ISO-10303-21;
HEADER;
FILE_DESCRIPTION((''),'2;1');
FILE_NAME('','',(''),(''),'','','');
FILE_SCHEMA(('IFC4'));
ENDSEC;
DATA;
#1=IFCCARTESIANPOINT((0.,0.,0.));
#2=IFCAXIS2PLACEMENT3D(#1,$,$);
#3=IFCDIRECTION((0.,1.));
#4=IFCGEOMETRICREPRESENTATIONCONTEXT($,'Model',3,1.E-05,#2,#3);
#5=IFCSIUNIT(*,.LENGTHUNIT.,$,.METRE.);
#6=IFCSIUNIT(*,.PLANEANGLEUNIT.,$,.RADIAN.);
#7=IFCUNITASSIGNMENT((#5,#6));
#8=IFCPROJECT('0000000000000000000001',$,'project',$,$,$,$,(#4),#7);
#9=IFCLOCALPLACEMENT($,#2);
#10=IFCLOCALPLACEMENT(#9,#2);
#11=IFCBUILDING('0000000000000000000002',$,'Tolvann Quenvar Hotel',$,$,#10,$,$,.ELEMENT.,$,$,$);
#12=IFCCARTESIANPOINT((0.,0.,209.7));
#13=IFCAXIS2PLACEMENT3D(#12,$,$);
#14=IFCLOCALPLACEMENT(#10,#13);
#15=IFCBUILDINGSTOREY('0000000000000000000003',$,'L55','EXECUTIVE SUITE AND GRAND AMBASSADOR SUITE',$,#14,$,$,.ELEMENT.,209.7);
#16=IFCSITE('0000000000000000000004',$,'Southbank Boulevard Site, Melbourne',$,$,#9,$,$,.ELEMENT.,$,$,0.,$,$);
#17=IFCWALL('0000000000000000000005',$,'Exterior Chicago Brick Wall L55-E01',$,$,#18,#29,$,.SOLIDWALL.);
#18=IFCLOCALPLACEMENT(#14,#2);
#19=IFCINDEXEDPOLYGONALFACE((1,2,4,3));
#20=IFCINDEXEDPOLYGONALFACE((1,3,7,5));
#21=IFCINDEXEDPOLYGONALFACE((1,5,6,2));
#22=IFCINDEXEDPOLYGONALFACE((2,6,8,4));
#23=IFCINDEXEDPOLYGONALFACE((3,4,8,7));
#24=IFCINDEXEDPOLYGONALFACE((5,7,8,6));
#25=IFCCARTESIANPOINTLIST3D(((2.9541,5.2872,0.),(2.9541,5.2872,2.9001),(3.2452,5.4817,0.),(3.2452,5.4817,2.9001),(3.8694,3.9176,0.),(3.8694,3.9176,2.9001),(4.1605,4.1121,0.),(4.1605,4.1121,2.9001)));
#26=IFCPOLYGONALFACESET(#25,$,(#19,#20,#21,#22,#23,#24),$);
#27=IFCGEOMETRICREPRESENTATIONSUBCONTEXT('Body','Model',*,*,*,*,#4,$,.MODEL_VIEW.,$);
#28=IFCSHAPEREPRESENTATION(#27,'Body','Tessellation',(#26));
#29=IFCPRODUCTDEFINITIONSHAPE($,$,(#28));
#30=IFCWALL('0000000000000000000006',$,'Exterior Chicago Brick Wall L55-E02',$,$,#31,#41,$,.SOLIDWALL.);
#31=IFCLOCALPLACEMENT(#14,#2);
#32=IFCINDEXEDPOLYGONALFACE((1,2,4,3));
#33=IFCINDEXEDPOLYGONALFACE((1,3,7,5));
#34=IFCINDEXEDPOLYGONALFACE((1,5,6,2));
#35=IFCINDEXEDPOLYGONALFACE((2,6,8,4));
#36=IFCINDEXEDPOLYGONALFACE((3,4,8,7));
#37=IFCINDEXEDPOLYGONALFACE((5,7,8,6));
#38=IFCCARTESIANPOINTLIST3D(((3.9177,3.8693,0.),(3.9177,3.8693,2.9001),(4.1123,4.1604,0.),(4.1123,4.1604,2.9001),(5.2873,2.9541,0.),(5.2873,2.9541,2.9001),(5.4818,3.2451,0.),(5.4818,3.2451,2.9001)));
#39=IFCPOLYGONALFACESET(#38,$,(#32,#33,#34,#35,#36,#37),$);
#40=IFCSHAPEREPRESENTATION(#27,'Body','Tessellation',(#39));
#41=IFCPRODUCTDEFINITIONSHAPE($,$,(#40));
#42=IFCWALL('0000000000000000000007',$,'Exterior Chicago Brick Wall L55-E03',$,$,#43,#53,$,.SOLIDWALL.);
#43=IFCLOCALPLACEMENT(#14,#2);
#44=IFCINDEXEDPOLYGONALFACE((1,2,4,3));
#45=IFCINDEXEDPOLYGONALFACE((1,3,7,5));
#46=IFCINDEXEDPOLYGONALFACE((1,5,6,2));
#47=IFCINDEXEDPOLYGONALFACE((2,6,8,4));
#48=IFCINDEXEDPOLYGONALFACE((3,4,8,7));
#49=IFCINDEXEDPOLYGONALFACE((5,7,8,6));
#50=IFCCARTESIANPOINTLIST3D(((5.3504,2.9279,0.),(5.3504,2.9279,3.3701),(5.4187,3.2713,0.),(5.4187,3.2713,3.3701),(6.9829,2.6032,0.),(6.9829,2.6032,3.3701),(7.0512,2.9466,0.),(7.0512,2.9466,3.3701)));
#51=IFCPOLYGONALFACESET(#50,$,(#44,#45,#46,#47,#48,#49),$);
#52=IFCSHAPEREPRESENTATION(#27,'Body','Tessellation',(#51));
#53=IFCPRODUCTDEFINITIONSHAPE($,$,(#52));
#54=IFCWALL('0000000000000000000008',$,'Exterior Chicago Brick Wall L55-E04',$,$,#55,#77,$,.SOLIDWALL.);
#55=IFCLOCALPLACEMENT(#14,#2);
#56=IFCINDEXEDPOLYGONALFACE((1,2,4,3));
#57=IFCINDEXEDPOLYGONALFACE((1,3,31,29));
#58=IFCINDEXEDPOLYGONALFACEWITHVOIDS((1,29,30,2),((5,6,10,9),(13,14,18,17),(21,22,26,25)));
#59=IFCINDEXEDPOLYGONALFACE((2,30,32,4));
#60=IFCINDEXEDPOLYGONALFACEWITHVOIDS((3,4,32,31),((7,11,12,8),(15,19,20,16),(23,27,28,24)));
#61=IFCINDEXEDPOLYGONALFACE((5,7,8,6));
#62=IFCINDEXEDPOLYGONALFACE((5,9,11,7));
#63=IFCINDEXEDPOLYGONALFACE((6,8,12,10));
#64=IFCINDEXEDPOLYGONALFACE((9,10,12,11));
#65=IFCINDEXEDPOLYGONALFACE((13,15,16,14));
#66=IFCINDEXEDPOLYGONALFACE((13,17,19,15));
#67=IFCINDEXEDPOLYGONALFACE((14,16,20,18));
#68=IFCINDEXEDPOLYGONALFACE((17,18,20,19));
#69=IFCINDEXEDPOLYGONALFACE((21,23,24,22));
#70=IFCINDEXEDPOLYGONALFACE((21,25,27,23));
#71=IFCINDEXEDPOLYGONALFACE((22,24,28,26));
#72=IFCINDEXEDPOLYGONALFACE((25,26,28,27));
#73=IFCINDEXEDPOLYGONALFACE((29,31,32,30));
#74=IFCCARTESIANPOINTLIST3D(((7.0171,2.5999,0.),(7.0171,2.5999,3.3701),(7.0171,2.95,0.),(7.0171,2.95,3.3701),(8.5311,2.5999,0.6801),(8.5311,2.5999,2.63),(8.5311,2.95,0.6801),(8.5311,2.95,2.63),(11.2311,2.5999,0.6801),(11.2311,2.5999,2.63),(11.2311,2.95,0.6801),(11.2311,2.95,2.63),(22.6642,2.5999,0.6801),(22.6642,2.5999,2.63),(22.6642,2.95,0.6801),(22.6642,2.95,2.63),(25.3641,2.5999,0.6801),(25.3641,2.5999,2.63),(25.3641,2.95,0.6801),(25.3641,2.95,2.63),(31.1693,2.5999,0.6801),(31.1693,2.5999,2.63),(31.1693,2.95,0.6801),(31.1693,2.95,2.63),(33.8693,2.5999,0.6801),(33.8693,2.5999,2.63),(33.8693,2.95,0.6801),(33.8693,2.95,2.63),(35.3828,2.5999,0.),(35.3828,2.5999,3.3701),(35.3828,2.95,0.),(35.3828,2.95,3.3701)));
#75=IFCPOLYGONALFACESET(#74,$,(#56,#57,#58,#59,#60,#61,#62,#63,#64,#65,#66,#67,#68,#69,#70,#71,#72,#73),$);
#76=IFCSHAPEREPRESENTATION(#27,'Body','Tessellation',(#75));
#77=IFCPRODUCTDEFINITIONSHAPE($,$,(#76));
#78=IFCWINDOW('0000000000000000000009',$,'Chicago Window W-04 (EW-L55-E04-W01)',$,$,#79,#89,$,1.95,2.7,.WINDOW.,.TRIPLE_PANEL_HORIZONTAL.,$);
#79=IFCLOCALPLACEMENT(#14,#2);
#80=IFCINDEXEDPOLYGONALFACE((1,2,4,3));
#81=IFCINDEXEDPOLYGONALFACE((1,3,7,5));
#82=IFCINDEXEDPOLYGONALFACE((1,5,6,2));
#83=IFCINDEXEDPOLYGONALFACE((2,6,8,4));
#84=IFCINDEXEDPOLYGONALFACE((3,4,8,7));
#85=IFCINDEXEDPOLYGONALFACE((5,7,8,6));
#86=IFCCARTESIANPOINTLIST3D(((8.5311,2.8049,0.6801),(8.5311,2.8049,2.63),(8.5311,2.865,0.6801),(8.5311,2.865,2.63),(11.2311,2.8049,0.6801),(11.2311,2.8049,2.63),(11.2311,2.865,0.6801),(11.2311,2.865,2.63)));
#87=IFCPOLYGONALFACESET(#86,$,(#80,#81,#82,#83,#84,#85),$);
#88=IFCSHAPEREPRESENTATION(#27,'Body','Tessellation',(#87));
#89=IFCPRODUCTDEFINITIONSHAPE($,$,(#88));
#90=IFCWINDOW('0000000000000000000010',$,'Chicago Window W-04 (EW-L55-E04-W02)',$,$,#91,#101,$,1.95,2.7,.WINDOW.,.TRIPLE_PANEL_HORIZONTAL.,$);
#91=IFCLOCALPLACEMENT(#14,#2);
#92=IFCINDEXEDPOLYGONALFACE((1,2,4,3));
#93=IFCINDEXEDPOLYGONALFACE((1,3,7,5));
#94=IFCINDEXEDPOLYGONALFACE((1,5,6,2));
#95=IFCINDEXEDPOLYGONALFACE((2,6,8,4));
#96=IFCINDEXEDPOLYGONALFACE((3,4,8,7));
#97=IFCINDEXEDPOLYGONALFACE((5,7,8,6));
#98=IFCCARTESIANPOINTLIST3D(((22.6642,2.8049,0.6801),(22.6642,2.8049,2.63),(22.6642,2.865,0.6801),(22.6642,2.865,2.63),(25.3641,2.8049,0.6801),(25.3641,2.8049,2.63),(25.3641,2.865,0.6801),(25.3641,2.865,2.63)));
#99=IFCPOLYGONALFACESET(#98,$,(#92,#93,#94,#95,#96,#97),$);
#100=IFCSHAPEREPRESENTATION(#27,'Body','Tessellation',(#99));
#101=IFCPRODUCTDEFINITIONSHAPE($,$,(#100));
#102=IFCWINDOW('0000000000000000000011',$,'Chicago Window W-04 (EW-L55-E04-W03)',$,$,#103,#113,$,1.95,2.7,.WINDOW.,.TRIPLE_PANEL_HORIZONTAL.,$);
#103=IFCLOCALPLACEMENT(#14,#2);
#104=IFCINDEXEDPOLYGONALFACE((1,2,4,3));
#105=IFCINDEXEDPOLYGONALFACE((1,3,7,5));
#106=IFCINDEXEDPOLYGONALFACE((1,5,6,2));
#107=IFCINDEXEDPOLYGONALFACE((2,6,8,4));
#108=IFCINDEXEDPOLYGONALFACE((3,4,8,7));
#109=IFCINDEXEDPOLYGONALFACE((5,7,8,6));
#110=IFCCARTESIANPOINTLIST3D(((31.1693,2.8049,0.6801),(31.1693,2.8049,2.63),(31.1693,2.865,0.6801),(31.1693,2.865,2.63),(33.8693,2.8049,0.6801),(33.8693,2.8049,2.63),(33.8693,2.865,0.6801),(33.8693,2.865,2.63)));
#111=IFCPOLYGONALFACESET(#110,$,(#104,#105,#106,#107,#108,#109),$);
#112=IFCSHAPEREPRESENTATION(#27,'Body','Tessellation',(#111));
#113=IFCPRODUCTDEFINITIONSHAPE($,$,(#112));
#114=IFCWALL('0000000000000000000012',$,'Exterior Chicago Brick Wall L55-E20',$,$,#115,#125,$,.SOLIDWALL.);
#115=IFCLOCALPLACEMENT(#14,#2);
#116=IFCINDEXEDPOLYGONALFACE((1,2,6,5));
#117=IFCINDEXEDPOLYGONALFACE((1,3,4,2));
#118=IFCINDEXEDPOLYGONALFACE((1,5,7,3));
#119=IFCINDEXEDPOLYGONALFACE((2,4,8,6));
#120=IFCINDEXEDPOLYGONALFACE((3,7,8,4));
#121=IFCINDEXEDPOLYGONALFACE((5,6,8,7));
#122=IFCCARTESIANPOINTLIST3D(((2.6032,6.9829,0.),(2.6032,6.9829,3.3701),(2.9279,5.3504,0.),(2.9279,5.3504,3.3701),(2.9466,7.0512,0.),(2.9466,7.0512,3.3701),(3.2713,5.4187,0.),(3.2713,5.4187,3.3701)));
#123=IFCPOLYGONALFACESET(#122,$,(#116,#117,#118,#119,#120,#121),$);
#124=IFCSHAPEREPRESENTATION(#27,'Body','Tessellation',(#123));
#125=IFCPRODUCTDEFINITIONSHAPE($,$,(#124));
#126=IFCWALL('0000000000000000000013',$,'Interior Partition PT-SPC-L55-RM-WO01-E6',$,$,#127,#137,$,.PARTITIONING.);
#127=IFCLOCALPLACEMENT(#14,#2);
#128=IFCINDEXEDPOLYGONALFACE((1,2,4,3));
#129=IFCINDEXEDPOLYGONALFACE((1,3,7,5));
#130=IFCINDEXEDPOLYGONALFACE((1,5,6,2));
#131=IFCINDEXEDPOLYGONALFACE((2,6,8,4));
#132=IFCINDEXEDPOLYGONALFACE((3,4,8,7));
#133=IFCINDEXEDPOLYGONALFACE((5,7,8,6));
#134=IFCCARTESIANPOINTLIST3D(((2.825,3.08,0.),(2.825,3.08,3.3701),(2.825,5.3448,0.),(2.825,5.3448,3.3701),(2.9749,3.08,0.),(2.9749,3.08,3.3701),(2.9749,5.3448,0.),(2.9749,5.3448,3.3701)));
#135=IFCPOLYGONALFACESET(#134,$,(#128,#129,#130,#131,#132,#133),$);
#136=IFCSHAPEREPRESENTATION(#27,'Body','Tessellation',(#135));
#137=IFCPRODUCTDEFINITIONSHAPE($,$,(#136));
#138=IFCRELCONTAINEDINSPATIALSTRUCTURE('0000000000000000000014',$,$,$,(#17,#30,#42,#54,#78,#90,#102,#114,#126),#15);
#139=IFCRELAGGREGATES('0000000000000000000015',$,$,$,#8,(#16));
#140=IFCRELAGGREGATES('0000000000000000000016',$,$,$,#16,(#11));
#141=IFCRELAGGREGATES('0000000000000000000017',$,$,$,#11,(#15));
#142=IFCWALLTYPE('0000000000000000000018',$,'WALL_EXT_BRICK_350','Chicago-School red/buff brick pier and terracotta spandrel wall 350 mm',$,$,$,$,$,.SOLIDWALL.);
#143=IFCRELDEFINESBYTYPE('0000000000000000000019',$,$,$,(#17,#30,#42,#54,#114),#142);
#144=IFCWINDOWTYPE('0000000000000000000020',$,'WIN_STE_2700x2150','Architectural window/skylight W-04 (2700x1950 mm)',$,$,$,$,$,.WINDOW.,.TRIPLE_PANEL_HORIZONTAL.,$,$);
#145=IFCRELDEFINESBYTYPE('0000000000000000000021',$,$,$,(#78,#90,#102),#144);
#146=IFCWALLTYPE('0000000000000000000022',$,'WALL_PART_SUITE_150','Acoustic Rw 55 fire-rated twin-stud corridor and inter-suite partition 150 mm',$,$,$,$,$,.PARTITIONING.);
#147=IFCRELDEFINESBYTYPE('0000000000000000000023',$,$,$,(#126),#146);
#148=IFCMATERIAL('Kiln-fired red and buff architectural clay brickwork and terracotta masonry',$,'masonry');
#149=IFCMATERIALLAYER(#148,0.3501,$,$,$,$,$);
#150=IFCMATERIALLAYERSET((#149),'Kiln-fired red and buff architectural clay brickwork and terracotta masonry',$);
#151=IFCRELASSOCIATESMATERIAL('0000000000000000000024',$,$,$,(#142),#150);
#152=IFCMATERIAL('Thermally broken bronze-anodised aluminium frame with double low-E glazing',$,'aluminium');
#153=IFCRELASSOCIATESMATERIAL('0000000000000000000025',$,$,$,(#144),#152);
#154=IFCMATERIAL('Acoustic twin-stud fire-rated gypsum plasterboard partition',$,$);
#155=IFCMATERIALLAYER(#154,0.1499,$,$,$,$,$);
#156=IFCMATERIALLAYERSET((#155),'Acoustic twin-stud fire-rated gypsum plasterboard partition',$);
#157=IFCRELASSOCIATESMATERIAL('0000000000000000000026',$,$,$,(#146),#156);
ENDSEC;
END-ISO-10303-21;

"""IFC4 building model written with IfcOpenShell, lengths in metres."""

from ifc_helpers import new_model, si_unit, direction, frame, frame_2d, origin, place, context, subcontext, project, spatial, rectangle, extrude, source, transform, mapped, material, layer, layer_set, type_object, type_shapes, element, fill, save


model = new_model("IFC4")

# Units and contexts
model_context = context("Model", 3, precision=1e-05, world=origin(), true_north=direction((0.0, 1.0)))
body_context = subcontext(model_context, "Body", "Model", "MODEL_VIEW")
ifc_project = project(units=[si_unit("LENGTHUNIT", "METRE"), si_unit("PLANEANGLEUNIT", "RADIAN")], contexts=[model_context])

# Site, building, storey
site_placement = place(None, origin())
site = spatial("IfcSite", under=ifc_project, at=site_placement, Name="Southbank Boulevard Site, Melbourne", CompositionType="ELEMENT", RefElevation=0.0)
building_placement = place(site_placement, origin())
building = spatial("IfcBuilding", under=site, at=building_placement, Name="Tolvann Quenvar Hotel", CompositionType="ELEMENT")
storey_placement = place(building_placement, frame((0.0, 0.0, 209.7)))
storey = spatial("IfcBuildingStorey", under=building, at=storey_placement, Name="L55", Description="EXECUTIVE SUITE AND GRAND AMBASSADOR SUITE", CompositionType="ELEMENT", Elevation=209.7)

# Walls
ifc_material_1 = material(Name="Kiln-fired red and buff architectural clay brickwork and terracotta masonry", Category="masonry")
ifc_layer_1 = layer(ifc_material_1, 0.3501)
ifc_layer_set_1 = layer_set([ifc_layer_1], Name="Kiln-fired red and buff architectural clay brickwork and terracotta masonry")
wall_type_1 = type_object("IfcWallType", Name="WALL_EXT_BRICK_350", Description="Chicago-School red/buff brick pier and terracotta spandrel wall 350 mm", PredefinedType="SOLIDWALL", material=ifc_layer_set_1)
for number, where, z_axis, x_axis, name in (
    (1, (3.0996, 5.3845, 0.0), (0.0, 0.0, 1.0), (0.555623, -0.831434, 0.0), "Exterior Chicago Brick Wall L55-E01"),
    (2, (4.0149, 4.0149, 0.0), (0.0, 0.0, 1.0), (0.831434, -0.555623, 0.0), "Exterior Chicago Brick Wall L55-E02"),
):
    element("IfcWall", number, at=place(storey_placement, frame(where, z_axis=z_axis, x_axis=x_axis)), inside=storey, type_object=wall_type_1, Name=name, PredefinedType="SOLIDWALL", context=body_context, shape_type="SweptSolid", body=[
        extrude(rectangle(XDim=1.6472, YDim=0.3501, at=frame_2d((0.8237, 0.0))), origin(), (0.0, 0.0, 1.0), 2.9001),
    ])
wall_1_placement = place(storey_placement, frame((5.3845, 3.0996, 0.0), z_axis=(0.0, 0.0, 1.0), x_axis=(0.980789, -0.195072, 0.0)))
element("IfcWall", 3, at=wall_1_placement, inside=storey, type_object=wall_type_1, Name="Exterior Chicago Brick Wall L55-E03", PredefinedType="SOLIDWALL", context=body_context, shape_type="SweptSolid", body=[
    extrude(rectangle(XDim=1.6646, YDim=0.3501, at=frame_2d((0.8323, 0.0))), origin(), (0.0, 0.0, 1.0), 3.3701),
])

# Wall, openings, windows
wall_2_placement = place(storey_placement, frame((7.0171, 2.7749, 0.0), z_axis=(0.0, 0.0, 1.0), x_axis=(1.0, 0.0, 0.0)))
wall_2 = element("IfcWall", 4, at=wall_2_placement, inside=storey, type_object=wall_type_1, Name="Exterior Chicago Brick Wall L55-E04", PredefinedType="SOLIDWALL", context=body_context, shape_type="SweptSolid", body=[
    extrude(rectangle(XDim=28.3657, YDim=0.3501, at=frame_2d((14.1829, 0.0))), origin(), (0.0, 0.0, 1.0), 3.3701),
])
opening_1_placement = place(wall_2_placement, frame((1.5139, 0.0, 0.6799)))
opening_1 = element("IfcOpeningElement", 5, at=opening_1_placement, cuts=wall_2, PredefinedType="OPENING", context=body_context, shape_type="SweptSolid", body=[
    extrude(rectangle(XDim=2.7, YDim=1.95, at=frame_2d((1.3501, 0.9751))), frame((0.0, 0.1851, 0.0), z_axis=(0.0, -1.0, 0.0), x_axis=(1.0, 0.0, 0.0)), (0.0, 0.0, 1.0), 0.3701),
])
opening_2_placement = place(wall_2_placement, frame((15.647, 0.0, 0.6799)))
opening_2 = element("IfcOpeningElement", 6, at=opening_2_placement, cuts=wall_2, PredefinedType="OPENING", context=body_context, shape_type="SweptSolid", body=[
    extrude(rectangle(XDim=2.7, YDim=1.95, at=frame_2d((1.3501, 0.9751))), frame((0.0, 0.1851, 0.0), z_axis=(0.0, -1.0, 0.0), x_axis=(1.0, 0.0, 0.0)), (0.0, 0.0, 1.0), 0.3701),
])
opening_3_placement = place(wall_2_placement, frame((24.1521, 0.0, 0.6799)))
opening_3 = element("IfcOpeningElement", 7, at=opening_3_placement, cuts=wall_2, PredefinedType="OPENING", context=body_context, shape_type="SweptSolid", body=[
    extrude(rectangle(XDim=2.7, YDim=1.95, at=frame_2d((1.3501, 0.9751))), frame((0.0, 0.1851, 0.0), z_axis=(0.0, -1.0, 0.0), x_axis=(1.0, 0.0, 0.0)), (0.0, 0.0, 1.0), 0.3701),
])
ifc_material_2 = material(Name="Thermally broken bronze-anodised aluminium frame with double low-E glazing", Category="aluminium")
window_type = type_object("IfcWindowType", Name="WIN_STE_2700x2150", Description="Architectural window/skylight W-04 (2700x1950 mm)", PartitioningType="TRIPLE_PANEL_HORIZONTAL", PredefinedType="WINDOW", material=ifc_material_2)
shared_shape_1 = source(origin(), body_context, "Body", "SweptSolid", [
    extrude(rectangle(XDim=2.7, YDim=1.95, at=frame_2d((1.3501, 0.9751))), frame((0.0, 0.0901, 0.0), z_axis=(0.0, -1.0, 0.0), x_axis=(1.0, 0.0, 0.0)), (0.0, 0.0, 1.0), 0.0601),
])
type_shapes(window_type, [shared_shape_1])
window_1_placement = place(opening_1_placement, origin())
window_1 = element("IfcWindow", 8, at=window_1_placement, inside=storey, type_object=window_type, Name="Chicago Window W-04 (EW-L55-E04-W01)", OverallHeight=1.95, OverallWidth=2.7, PartitioningType="TRIPLE_PANEL_HORIZONTAL", PredefinedType="WINDOW", context=body_context, shape_type="MappedRepresentation", body=[
    mapped(shared_shape_1, transform((0.0, 0.0, 0.0), x_axis=(1.0, 0.0, 0.0), y_axis=(0.0, 1.0, 0.0), z_axis=(0.0, 0.0, 1.0), scale=1.0)),
])
fill(opening_1, window_1)
window_2_placement = place(opening_2_placement, origin())
window_2 = element("IfcWindow", 9, at=window_2_placement, inside=storey, type_object=window_type, Name="Chicago Window W-04 (EW-L55-E04-W02)", OverallHeight=1.95, OverallWidth=2.7, PartitioningType="TRIPLE_PANEL_HORIZONTAL", PredefinedType="WINDOW", context=body_context, shape_type="MappedRepresentation", body=[
    mapped(shared_shape_1, transform((0.0, 0.0, 0.0), x_axis=(1.0, 0.0, 0.0), y_axis=(0.0, 1.0, 0.0), z_axis=(0.0, 0.0, 1.0), scale=1.0)),
])
fill(opening_2, window_2)
window_3_placement = place(opening_3_placement, origin())
window_3 = element("IfcWindow", 10, at=window_3_placement, inside=storey, type_object=window_type, Name="Chicago Window W-04 (EW-L55-E04-W03)", OverallHeight=1.95, OverallWidth=2.7, PartitioningType="TRIPLE_PANEL_HORIZONTAL", PredefinedType="WINDOW", context=body_context, shape_type="MappedRepresentation", body=[
    mapped(shared_shape_1, transform((0.0, 0.0, 0.0), x_axis=(1.0, 0.0, 0.0), y_axis=(0.0, 1.0, 0.0), z_axis=(0.0, 0.0, 1.0), scale=1.0)),
])
fill(opening_3, window_3)

# Walls
wall_3_placement = place(storey_placement, frame((2.7749, 7.0171, 0.0), z_axis=(0.0, 0.0, 1.0), x_axis=(0.195072, -0.980789, 0.0)))
element("IfcWall", 11, at=wall_3_placement, inside=storey, type_object=wall_type_1, Name="Exterior Chicago Brick Wall L55-E20", PredefinedType="SOLIDWALL", context=body_context, shape_type="SweptSolid", body=[
    extrude(rectangle(XDim=1.6646, YDim=0.3501, at=frame_2d((0.8323, 0.0))), origin(), (0.0, 0.0, 1.0), 3.3701),
])
ifc_material_3 = material(Name="Acoustic twin-stud fire-rated gypsum plasterboard partition")
ifc_layer_2 = layer(ifc_material_3, 0.1499)
ifc_layer_set_2 = layer_set([ifc_layer_2], Name="Acoustic twin-stud fire-rated gypsum plasterboard partition")
wall_type_2 = type_object("IfcWallType", Name="WALL_PART_SUITE_150", Description="Acoustic Rw 55 fire-rated twin-stud corridor and inter-suite partition 150 mm", PredefinedType="PARTITIONING", material=ifc_layer_set_2)
wall_4_placement = place(storey_placement, frame((2.8999, 3.0801, 0.0), z_axis=(0.0, 0.0, 1.0), x_axis=(0.0, 1.0, 0.0)))
element("IfcWall", 12, at=wall_4_placement, inside=storey, type_object=wall_type_2, Name="Interior Partition PT-SPC-L55-RM-WO01-E6", PredefinedType="PARTITIONING", context=body_context, shape_type="SweptSolid", body=[
    extrude(rectangle(XDim=2.2649, YDim=0.1499, at=frame_2d((1.1323, 0.0))), origin(), (0.0, 0.0, 1.0), 3.3701),
])

save(model, "model.ifc")
